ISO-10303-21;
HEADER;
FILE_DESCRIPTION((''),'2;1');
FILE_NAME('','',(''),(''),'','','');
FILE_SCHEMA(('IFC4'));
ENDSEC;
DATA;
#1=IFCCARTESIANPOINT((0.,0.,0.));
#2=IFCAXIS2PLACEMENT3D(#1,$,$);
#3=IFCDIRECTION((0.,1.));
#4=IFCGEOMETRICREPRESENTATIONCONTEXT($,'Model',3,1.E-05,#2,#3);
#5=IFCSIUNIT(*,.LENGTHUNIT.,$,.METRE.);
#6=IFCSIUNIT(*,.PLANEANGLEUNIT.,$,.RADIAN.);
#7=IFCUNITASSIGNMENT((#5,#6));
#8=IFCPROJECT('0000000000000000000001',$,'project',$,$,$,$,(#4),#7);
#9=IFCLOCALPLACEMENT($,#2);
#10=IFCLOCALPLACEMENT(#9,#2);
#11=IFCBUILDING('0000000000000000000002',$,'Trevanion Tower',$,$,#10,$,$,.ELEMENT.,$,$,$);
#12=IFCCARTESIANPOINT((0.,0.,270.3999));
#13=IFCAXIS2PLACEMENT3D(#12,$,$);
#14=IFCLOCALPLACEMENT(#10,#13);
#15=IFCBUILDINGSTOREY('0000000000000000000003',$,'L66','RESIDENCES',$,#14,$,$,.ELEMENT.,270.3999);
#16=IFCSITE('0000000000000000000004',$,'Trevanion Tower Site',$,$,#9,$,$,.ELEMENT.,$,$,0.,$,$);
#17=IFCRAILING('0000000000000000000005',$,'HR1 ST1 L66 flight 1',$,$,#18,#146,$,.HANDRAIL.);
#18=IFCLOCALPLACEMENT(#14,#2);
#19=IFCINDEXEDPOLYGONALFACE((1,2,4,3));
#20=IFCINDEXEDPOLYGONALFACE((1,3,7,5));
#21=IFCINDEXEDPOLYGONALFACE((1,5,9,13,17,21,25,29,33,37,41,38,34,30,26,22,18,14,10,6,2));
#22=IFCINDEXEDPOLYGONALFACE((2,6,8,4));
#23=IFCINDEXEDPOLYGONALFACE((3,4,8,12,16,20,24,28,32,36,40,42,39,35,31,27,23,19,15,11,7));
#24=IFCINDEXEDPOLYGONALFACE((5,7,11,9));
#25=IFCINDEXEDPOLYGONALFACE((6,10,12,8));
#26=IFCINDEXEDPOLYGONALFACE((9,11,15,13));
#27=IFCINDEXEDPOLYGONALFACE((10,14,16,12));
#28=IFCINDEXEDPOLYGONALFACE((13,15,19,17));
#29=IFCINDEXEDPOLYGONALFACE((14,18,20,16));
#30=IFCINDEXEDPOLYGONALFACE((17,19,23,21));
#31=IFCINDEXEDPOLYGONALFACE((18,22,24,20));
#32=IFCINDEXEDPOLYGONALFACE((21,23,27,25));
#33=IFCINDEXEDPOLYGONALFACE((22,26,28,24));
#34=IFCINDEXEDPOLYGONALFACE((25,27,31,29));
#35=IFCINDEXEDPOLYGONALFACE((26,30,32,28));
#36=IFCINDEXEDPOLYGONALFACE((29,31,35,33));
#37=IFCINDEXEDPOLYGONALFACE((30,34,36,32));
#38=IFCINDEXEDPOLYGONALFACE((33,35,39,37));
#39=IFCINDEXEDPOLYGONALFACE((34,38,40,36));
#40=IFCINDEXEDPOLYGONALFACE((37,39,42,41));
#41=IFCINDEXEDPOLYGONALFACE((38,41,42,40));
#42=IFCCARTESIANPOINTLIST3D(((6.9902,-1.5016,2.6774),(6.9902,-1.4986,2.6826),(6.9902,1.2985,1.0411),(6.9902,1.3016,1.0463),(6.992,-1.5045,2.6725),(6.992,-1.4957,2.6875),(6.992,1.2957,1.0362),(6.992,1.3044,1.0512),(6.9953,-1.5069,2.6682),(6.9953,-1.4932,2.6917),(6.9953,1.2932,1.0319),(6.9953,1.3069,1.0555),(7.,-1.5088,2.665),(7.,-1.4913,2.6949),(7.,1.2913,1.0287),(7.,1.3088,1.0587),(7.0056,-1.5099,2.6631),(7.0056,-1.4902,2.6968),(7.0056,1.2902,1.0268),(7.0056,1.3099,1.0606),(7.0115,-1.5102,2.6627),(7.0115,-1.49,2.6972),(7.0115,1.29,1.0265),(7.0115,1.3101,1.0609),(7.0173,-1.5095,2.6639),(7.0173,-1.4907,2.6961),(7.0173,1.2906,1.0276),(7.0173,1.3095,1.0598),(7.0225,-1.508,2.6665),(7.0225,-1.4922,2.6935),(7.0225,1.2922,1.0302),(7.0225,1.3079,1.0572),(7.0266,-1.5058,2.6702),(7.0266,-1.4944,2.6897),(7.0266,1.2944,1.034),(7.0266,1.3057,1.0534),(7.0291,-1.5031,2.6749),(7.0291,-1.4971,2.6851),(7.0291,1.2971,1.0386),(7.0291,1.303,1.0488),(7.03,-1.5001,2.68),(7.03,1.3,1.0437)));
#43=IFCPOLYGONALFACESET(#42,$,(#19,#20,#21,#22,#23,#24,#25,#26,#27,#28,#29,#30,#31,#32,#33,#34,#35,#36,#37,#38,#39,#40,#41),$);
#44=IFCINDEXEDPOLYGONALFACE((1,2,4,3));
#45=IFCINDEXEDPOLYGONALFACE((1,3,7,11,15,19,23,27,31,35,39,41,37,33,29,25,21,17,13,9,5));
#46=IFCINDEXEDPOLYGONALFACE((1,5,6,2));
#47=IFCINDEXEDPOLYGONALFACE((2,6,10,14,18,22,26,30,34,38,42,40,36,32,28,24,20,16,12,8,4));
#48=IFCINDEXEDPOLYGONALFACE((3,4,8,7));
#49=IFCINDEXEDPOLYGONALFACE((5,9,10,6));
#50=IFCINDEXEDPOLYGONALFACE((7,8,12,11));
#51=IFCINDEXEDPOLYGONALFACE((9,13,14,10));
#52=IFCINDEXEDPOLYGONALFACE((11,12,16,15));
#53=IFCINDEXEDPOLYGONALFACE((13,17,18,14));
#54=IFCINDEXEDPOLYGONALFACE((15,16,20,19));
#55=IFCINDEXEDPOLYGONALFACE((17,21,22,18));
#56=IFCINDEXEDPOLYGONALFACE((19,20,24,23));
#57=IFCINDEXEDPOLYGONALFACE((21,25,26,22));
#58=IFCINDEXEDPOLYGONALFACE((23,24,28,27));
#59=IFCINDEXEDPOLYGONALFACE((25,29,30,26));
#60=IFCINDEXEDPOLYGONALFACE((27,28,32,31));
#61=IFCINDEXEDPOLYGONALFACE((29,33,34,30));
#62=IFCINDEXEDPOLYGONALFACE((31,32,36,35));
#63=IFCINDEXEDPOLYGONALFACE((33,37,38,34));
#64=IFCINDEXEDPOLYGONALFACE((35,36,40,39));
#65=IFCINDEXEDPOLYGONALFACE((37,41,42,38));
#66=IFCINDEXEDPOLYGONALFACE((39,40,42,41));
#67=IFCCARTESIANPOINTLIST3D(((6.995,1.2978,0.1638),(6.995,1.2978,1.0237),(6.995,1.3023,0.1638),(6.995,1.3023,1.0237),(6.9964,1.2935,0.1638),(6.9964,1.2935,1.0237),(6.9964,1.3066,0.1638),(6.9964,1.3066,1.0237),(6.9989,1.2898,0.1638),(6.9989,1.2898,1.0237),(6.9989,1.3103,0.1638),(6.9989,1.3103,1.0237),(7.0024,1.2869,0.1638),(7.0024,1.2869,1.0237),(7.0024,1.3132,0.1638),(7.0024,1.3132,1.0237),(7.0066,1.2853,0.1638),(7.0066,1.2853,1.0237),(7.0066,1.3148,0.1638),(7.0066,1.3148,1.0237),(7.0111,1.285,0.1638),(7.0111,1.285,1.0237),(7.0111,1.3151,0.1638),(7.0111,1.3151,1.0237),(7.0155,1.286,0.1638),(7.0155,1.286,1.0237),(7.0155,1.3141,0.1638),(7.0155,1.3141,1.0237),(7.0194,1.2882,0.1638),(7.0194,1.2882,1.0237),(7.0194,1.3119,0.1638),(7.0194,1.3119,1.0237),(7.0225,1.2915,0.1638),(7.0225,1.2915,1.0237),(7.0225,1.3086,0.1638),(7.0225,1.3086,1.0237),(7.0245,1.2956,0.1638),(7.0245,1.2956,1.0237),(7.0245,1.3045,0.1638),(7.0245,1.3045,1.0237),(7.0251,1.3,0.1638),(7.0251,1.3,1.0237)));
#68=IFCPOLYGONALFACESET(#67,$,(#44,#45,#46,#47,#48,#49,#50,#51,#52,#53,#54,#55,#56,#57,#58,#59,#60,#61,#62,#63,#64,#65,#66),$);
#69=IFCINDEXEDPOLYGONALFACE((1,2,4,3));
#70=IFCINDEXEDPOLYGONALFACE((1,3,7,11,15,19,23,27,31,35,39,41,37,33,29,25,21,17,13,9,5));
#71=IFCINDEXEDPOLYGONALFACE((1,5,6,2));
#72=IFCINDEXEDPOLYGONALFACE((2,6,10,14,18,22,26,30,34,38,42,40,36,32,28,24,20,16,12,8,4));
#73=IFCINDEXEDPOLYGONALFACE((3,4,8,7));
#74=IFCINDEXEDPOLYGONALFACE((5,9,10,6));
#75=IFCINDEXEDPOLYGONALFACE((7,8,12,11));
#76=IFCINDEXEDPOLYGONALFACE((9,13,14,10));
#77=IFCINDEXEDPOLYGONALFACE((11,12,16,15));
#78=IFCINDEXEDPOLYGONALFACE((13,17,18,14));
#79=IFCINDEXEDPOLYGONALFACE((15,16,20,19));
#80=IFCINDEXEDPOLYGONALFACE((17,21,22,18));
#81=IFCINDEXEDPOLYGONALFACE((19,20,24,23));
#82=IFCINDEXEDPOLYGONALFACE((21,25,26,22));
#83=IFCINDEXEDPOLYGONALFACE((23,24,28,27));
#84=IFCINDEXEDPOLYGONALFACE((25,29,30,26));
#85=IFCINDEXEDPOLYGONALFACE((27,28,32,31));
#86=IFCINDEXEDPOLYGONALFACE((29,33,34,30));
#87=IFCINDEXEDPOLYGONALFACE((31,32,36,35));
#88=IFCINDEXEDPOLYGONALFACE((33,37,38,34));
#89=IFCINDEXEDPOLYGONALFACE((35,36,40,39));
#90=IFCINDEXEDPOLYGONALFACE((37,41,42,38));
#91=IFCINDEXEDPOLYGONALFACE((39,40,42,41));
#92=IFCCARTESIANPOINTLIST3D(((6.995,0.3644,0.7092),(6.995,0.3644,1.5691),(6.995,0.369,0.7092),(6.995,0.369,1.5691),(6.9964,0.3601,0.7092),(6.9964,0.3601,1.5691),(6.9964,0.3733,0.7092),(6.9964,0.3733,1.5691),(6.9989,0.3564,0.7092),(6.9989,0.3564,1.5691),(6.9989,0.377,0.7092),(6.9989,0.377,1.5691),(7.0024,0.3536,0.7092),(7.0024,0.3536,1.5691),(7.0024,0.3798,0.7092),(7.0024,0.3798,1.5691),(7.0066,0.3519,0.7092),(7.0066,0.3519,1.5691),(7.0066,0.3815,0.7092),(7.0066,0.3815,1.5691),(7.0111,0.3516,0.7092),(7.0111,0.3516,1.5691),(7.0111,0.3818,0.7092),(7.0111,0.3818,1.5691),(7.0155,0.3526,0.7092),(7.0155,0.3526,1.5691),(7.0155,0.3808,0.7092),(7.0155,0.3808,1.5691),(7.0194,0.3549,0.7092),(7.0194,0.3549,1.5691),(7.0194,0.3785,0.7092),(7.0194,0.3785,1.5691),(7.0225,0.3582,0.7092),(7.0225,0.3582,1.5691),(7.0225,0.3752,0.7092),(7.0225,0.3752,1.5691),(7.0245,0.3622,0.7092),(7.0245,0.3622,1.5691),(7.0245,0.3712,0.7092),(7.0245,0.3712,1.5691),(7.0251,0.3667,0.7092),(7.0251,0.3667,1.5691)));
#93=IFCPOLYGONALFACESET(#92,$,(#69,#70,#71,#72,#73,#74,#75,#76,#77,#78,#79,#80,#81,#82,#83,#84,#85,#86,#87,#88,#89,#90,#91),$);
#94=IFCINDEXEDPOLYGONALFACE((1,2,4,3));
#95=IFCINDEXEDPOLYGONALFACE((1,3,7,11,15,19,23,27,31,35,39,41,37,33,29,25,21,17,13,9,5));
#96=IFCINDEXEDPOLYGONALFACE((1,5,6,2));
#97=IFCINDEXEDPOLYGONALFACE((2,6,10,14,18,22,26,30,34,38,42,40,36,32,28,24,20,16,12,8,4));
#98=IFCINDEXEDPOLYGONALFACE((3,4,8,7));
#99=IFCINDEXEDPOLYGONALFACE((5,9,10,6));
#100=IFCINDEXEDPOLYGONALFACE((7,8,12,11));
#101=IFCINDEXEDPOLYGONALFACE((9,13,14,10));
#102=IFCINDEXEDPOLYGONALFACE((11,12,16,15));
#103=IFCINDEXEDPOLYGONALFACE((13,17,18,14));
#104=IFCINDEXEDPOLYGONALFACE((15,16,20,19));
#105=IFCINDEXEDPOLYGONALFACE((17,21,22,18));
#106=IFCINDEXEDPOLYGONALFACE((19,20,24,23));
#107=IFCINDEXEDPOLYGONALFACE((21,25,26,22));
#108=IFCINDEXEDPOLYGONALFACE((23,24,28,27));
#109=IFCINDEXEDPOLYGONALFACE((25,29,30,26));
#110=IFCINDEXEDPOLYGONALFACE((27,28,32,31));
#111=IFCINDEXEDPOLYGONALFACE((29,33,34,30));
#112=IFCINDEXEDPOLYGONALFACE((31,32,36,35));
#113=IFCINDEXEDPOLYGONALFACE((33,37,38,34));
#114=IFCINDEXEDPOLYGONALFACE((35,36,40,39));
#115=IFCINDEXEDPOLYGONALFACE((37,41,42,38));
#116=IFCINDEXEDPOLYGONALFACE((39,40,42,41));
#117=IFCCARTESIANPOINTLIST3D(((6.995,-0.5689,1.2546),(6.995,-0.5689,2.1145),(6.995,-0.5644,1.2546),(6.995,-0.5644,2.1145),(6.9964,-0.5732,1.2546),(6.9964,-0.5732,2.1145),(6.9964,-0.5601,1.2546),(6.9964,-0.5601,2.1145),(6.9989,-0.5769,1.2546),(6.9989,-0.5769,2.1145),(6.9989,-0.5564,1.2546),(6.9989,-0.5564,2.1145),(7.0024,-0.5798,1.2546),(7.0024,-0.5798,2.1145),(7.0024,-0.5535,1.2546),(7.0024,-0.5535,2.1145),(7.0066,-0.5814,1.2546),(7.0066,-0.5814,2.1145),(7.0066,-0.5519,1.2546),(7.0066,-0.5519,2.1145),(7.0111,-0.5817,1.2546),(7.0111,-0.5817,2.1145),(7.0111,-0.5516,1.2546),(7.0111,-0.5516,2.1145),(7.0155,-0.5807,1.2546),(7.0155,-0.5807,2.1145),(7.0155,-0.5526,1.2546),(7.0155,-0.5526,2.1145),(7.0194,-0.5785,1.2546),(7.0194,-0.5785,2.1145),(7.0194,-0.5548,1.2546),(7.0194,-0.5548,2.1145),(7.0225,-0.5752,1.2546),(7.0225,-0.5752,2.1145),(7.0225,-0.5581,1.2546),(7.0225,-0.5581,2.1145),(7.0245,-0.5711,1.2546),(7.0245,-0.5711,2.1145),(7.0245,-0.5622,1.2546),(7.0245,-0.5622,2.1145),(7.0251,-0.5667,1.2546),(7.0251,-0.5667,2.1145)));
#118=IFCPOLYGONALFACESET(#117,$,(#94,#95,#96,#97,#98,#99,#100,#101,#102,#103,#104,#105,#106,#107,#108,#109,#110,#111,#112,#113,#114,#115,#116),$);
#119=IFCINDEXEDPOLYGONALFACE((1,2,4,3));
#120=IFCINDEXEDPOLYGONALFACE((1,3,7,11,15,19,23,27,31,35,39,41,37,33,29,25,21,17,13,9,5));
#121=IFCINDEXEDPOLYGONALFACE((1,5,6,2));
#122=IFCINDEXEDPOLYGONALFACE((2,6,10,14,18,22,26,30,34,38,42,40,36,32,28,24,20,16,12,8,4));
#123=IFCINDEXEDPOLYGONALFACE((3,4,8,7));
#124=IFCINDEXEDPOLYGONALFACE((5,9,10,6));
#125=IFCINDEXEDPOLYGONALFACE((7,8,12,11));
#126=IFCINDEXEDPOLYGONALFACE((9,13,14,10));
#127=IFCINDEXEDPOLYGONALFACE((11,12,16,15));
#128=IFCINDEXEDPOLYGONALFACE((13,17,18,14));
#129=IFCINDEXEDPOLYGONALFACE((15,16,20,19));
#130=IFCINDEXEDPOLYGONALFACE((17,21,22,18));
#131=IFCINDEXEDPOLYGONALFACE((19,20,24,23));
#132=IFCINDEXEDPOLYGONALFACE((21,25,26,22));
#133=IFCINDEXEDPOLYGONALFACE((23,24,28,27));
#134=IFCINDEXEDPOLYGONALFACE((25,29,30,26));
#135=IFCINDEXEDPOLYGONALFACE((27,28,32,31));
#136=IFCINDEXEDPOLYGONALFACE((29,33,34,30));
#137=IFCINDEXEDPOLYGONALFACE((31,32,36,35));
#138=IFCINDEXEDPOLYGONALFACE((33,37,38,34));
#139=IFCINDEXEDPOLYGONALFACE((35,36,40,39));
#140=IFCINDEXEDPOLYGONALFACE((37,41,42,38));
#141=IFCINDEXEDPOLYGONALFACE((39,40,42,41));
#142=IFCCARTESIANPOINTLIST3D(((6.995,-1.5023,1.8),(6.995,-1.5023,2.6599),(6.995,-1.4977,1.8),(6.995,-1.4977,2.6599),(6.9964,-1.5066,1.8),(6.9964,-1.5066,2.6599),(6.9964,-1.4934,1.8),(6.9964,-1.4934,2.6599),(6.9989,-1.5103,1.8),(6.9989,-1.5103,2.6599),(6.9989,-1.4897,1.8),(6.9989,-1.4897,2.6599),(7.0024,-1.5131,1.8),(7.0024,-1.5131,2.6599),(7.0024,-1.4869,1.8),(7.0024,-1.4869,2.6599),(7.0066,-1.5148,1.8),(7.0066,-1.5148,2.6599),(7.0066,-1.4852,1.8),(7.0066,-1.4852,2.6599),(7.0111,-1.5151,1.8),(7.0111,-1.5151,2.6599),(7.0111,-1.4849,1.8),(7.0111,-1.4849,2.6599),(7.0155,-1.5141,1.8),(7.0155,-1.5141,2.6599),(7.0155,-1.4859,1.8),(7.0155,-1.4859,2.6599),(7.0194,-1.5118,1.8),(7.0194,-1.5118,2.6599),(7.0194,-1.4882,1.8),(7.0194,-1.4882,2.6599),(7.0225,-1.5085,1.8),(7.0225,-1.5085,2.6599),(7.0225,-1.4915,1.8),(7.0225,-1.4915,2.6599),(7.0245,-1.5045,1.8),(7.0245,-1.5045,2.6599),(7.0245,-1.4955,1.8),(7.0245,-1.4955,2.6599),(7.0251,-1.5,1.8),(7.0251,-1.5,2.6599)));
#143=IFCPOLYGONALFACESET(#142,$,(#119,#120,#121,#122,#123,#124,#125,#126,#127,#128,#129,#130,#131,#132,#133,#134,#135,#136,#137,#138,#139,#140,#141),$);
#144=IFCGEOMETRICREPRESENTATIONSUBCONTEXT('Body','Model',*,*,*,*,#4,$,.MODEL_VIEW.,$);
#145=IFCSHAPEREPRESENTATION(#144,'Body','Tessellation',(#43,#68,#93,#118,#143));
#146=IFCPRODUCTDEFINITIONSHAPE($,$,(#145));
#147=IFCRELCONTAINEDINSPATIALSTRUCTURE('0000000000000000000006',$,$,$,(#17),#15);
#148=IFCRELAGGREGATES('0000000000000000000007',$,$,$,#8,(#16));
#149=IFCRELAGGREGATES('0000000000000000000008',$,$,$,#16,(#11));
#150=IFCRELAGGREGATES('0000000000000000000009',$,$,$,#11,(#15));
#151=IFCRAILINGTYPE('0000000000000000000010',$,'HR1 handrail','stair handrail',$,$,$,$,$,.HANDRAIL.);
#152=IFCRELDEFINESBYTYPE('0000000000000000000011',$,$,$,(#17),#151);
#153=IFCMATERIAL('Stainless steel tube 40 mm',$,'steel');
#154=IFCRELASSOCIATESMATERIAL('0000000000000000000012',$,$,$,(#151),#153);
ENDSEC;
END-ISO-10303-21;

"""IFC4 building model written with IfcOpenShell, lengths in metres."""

from ifc_helpers import new_model, si_unit, direction, frame, origin, origin_2d, place, context, subcontext, project, spatial, circle, extrude, material, type_object, element, save


model = new_model("IFC4")

# Units and contexts
model_context = context("Model", 3, precision=1e-05, world=origin(), true_north=direction((0.0, 1.0)))
body_context = subcontext(model_context, "Body", "Model", "MODEL_VIEW")
ifc_project = project(units=[si_unit("LENGTHUNIT", "METRE"), si_unit("PLANEANGLEUNIT", "RADIAN")], contexts=[model_context])

# Site, building, storey
site_placement = place(None, origin())
site = spatial("IfcSite", under=ifc_project, at=site_placement, Name="Trevanion Tower Site", CompositionType="ELEMENT", RefElevation=0.0)
building_placement = place(site_placement, origin())
building = spatial("IfcBuilding", under=site, at=building_placement, Name="Trevanion Tower", CompositionType="ELEMENT")
storey_placement = place(building_placement, frame((0.0, 0.0, 270.3999)))
storey = spatial("IfcBuildingStorey", under=building, at=storey_placement, Name="L66", Description="RESIDENCES", CompositionType="ELEMENT", Elevation=270.3999)

# Railing
ifc_material_1 = material(Name="Stainless steel tube 40 mm", Category="steel")
railing_type = type_object("IfcRailingType", Name="HR1 handrail", Description="stair handrail", PredefinedType="HANDRAIL", material=ifc_material_1)
for number, where, name in (
    (1, (7.01, 1.3, 0.1638), "HR1 ST1 L66 flight 1"),
):
    element("IfcRailing", number, at=place(storey_placement, frame(where)), inside=storey, type_object=railing_type, Name=name, PredefinedType="HANDRAIL", context=body_context, shape_type="SweptSolid", body=[
        extrude(circle(Radius=0.02, at=origin_2d()), frame((0.0, 0.0, 0.8799), z_axis=(0.0, -0.863394, 0.504531), x_axis=(1.0, 0.0, 0.0)), (0.0, 0.0, 1.0), 3.2432),
        extrude(circle(Radius=0.0151, at=origin_2d()), origin(), (0.0, 0.0, 1.0), 0.8599),
        extrude(circle(Radius=0.0151, at=origin_2d()), frame((0.0, -0.9333, 0.5454)), (0.0, 0.0, 1.0), 0.8599),
        extrude(circle(Radius=0.0151, at=origin_2d()), frame((0.0, -1.8667, 1.0908)), (0.0, 0.0, 1.0), 0.8599),
        extrude(circle(Radius=0.0151, at=origin_2d()), frame((0.0, -2.8, 1.6362)), (0.0, 0.0, 1.0), 0.8599),
    ])

save(model, "model.ifc")
